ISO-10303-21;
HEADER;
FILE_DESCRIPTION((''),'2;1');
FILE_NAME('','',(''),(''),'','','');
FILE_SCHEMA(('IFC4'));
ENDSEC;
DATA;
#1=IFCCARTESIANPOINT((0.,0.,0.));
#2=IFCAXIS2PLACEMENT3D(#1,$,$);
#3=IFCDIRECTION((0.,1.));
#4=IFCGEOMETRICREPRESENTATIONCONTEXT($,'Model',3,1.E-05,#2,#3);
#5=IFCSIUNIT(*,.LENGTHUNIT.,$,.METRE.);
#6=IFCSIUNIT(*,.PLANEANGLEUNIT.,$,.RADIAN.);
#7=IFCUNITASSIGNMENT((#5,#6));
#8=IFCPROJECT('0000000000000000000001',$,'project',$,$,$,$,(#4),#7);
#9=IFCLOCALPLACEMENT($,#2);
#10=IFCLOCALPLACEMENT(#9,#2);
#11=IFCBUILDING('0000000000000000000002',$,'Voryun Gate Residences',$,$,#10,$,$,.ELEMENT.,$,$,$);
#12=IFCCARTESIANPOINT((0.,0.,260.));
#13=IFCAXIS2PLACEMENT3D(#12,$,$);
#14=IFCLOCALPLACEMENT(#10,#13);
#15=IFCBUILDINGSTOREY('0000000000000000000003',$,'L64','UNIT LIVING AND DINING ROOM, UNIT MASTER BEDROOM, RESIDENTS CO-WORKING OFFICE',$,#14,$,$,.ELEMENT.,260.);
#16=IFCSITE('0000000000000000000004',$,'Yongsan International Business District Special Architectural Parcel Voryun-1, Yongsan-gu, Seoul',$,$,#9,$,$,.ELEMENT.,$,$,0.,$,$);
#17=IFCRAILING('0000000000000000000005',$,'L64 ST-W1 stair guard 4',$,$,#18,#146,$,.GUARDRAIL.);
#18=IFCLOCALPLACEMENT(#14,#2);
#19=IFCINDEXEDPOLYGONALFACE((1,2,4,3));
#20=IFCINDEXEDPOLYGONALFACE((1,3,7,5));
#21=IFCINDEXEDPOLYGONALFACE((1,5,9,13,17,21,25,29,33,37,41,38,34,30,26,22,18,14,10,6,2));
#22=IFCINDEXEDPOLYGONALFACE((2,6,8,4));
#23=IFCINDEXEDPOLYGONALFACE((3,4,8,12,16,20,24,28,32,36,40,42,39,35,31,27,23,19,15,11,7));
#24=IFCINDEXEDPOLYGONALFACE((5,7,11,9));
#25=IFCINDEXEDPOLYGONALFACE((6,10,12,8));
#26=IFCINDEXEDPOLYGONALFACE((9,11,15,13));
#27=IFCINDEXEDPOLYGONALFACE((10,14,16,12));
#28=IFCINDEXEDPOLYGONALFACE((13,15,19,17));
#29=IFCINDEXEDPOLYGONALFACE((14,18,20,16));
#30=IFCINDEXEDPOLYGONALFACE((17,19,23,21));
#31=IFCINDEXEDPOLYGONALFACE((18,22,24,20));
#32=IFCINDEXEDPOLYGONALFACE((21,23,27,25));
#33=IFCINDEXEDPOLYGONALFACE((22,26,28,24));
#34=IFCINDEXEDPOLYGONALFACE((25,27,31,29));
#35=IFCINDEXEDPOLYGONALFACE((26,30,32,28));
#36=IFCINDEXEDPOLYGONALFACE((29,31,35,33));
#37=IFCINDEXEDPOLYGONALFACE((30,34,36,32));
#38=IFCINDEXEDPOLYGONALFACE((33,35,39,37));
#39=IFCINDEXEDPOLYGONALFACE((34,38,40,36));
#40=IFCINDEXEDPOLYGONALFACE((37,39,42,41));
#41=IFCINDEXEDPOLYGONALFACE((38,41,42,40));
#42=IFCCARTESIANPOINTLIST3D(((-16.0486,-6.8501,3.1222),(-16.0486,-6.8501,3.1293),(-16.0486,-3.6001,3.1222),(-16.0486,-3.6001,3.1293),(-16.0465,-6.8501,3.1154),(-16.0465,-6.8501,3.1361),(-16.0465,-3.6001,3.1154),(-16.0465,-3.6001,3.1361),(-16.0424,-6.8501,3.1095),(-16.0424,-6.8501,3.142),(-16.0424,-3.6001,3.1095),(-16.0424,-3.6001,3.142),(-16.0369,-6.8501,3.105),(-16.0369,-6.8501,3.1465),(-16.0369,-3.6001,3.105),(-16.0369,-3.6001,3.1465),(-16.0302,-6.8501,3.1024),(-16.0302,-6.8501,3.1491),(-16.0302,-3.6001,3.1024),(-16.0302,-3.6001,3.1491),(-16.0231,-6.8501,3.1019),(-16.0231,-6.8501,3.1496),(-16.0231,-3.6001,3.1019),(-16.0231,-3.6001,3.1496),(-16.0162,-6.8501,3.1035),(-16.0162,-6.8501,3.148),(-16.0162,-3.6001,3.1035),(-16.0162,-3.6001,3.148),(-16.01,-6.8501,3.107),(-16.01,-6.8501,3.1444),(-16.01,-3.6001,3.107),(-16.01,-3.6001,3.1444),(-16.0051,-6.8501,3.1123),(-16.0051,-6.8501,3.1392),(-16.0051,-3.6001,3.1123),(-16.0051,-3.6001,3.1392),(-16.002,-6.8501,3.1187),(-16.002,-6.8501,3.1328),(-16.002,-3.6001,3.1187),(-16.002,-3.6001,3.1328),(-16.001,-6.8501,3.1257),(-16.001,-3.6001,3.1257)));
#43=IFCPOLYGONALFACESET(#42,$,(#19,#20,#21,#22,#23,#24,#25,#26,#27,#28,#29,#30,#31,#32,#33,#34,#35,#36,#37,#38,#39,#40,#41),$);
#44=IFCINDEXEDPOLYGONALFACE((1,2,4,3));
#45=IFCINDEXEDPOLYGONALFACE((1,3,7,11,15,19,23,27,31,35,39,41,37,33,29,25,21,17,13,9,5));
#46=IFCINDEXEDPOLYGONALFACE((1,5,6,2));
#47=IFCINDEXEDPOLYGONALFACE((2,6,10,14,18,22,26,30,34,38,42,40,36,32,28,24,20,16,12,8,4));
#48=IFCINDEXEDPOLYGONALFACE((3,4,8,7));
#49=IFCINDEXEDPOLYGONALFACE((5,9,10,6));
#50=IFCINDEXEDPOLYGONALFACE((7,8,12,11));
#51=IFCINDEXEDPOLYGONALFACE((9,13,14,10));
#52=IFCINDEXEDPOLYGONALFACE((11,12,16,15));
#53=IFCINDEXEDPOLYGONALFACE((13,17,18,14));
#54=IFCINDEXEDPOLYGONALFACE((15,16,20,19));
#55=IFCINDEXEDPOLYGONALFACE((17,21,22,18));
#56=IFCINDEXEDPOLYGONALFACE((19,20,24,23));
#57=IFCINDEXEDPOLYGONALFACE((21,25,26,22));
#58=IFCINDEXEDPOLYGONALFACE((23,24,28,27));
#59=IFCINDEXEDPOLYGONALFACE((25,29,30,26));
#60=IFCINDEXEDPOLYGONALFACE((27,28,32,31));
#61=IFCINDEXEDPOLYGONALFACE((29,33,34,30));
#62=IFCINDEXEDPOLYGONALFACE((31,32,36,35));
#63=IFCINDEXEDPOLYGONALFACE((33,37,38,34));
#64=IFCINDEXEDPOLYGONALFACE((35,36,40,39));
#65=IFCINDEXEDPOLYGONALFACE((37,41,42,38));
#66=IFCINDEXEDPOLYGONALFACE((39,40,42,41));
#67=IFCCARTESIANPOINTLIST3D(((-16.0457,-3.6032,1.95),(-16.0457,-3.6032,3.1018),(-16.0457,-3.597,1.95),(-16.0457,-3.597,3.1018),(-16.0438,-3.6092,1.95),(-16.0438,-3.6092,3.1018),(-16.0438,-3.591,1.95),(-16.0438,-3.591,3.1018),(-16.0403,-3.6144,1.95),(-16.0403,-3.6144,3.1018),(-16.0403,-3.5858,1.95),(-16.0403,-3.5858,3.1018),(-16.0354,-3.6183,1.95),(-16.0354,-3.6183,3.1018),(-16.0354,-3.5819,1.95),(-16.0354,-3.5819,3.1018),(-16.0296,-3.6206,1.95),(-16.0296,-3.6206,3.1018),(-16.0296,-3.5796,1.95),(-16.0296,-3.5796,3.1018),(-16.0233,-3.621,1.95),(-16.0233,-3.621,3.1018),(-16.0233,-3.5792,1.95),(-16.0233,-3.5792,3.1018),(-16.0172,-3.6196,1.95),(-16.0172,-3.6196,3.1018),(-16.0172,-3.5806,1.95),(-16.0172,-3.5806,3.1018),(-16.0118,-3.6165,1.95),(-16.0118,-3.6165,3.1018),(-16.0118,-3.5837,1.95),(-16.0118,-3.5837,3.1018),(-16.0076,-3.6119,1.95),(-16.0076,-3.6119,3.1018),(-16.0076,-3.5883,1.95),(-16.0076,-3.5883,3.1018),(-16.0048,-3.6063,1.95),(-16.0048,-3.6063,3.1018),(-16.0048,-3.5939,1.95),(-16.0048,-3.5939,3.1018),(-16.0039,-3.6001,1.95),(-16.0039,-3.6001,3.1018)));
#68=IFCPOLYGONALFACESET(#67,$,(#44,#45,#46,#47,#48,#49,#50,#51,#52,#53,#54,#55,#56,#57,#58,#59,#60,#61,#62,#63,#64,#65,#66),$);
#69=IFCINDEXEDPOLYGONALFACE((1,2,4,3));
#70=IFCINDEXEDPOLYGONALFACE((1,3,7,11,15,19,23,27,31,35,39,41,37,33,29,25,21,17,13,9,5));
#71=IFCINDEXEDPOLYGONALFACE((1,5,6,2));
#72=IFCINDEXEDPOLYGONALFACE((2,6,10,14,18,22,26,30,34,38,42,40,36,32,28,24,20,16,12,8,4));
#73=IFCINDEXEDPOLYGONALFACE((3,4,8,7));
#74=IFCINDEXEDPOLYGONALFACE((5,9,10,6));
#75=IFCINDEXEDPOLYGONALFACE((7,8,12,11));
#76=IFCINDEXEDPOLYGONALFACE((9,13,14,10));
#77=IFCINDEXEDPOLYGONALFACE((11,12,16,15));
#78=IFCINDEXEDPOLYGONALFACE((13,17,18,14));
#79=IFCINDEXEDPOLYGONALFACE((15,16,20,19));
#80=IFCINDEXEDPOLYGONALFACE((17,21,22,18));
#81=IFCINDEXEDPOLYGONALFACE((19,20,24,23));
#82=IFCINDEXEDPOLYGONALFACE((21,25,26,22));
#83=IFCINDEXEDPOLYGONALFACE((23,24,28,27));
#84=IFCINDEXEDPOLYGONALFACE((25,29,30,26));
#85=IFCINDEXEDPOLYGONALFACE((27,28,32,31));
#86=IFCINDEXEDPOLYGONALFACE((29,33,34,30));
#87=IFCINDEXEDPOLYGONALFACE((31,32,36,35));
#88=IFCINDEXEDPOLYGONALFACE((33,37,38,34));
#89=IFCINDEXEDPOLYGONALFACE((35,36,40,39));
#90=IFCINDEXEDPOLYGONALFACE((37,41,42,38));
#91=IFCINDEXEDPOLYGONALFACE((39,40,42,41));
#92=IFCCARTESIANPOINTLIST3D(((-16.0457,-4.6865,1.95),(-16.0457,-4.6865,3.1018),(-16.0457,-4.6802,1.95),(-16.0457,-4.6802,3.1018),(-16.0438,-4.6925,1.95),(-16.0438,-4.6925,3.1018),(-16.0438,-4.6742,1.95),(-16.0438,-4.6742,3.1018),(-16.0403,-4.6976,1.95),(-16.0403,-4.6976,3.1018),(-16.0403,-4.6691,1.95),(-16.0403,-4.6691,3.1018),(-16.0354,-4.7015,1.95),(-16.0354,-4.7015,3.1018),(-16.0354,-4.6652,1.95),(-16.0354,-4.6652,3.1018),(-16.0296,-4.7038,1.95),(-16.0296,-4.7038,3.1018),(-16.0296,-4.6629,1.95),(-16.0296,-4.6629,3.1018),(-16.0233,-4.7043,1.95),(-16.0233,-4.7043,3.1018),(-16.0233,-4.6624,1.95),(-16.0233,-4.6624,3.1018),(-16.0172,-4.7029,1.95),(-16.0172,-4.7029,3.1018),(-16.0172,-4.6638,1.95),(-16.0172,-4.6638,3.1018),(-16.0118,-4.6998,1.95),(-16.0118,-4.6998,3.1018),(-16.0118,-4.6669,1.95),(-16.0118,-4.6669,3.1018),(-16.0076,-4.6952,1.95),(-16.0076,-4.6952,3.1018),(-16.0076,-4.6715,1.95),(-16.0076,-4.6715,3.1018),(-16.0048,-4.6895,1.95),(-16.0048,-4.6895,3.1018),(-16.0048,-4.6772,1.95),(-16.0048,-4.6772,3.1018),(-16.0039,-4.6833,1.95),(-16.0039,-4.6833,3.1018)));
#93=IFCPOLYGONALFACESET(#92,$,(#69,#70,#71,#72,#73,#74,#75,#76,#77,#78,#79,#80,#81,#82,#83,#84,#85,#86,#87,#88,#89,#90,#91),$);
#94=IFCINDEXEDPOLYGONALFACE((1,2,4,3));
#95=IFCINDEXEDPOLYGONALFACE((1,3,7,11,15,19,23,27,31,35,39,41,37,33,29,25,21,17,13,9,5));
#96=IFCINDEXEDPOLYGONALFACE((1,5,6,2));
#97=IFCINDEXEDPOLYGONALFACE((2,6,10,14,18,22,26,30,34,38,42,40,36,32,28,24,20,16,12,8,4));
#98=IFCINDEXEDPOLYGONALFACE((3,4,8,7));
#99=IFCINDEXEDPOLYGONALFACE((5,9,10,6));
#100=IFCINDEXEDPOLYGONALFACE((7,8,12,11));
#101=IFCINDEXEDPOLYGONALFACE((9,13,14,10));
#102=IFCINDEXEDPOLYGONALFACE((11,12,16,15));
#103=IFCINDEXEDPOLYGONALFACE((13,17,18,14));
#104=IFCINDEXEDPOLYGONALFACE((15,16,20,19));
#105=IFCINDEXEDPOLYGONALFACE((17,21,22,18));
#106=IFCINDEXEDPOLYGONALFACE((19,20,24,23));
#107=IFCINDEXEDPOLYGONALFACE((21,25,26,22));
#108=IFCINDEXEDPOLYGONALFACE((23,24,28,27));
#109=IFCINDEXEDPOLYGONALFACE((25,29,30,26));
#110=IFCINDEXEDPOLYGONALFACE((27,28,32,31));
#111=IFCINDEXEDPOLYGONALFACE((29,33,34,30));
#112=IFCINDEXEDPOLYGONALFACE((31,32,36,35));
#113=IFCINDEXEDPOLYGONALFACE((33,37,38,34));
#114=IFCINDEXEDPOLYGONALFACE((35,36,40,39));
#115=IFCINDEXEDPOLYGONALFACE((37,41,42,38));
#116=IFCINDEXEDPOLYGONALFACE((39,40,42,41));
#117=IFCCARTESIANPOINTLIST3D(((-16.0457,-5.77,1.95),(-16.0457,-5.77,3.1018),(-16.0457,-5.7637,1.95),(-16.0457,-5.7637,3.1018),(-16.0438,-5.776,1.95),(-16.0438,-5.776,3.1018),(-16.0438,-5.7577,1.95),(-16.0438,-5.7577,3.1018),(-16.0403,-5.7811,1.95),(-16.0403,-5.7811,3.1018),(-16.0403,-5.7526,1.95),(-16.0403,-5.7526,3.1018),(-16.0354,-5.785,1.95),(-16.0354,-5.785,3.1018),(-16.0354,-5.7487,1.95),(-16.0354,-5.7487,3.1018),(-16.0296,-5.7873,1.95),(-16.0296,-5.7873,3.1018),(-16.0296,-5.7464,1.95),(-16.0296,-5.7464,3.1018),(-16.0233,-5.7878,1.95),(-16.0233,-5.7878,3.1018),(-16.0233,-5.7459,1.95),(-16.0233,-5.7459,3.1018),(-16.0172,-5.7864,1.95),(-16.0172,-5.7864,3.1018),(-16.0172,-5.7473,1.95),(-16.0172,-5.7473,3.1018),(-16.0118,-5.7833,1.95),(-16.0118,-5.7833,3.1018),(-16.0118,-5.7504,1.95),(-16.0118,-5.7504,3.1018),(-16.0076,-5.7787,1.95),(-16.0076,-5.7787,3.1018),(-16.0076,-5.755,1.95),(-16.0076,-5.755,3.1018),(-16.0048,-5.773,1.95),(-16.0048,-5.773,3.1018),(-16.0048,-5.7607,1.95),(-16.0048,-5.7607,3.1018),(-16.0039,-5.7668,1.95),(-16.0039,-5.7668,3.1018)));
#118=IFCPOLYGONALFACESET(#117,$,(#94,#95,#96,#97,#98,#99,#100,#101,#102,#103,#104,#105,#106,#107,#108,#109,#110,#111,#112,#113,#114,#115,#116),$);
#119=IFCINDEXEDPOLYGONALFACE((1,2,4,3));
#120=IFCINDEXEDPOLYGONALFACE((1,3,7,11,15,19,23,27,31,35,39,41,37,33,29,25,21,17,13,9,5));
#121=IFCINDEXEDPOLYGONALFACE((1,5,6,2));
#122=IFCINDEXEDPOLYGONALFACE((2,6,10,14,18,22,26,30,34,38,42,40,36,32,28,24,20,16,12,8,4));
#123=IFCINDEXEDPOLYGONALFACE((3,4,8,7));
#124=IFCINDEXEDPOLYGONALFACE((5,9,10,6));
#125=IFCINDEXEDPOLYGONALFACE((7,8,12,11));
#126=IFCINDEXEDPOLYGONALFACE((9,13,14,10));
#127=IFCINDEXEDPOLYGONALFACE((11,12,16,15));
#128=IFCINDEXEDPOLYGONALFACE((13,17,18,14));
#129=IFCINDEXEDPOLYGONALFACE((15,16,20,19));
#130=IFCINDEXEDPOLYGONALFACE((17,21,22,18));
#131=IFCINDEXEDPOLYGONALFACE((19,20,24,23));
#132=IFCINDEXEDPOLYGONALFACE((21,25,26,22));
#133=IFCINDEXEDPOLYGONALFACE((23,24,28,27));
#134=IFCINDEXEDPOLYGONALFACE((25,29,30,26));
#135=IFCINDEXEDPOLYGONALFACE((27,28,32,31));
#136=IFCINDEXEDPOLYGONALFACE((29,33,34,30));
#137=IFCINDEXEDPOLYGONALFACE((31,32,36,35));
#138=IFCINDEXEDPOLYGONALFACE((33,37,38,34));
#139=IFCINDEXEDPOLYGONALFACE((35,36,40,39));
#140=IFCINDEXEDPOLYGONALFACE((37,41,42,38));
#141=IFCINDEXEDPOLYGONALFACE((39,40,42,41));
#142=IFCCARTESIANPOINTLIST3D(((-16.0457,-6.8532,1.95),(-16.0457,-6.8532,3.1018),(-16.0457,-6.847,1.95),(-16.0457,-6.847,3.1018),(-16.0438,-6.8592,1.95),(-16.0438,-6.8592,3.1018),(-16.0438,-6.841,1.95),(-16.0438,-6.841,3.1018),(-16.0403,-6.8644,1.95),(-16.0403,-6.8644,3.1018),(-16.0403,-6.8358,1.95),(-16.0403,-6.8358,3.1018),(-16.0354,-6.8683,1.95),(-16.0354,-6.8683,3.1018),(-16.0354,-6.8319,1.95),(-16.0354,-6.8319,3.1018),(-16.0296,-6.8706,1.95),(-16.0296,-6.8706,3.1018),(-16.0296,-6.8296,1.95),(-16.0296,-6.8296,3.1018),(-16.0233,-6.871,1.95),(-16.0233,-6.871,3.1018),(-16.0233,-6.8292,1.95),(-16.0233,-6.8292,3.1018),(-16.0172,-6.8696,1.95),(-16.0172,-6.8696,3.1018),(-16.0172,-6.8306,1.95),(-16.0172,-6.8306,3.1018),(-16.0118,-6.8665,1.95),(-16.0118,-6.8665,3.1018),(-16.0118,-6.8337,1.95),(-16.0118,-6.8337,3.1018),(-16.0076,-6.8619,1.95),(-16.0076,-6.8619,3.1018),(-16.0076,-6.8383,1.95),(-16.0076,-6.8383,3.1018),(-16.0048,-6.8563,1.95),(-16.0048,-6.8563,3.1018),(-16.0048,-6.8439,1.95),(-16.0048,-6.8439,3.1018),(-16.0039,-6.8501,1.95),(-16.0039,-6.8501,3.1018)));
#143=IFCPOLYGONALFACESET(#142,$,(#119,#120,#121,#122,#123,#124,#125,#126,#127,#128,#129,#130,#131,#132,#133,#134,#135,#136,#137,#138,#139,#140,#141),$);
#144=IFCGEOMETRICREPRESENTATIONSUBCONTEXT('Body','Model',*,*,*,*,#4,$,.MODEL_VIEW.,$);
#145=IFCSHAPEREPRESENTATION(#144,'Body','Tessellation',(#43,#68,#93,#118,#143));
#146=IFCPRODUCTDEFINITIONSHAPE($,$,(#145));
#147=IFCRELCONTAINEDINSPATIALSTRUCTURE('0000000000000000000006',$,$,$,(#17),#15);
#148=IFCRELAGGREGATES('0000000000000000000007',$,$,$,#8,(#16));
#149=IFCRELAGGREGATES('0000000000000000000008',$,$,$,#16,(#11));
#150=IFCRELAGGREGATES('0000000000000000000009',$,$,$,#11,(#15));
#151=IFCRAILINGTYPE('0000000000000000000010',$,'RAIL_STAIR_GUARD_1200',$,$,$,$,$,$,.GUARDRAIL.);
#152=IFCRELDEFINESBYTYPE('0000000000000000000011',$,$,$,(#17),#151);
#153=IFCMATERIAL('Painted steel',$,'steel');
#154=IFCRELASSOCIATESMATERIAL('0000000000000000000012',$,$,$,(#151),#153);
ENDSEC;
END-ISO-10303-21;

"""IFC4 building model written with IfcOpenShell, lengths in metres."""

from ifc_helpers import new_model, si_unit, direction, frame, origin, origin_2d, place, context, subcontext, project, spatial, circle, extrude, material, type_object, element, save


model = new_model("IFC4")

# Units and contexts
model_context = context("Model", 3, precision=1e-05, world=origin(), true_north=direction((0.0, 1.0)))
body_context = subcontext(model_context, "Body", "Model", "MODEL_VIEW")
ifc_project = project(units=[si_unit("LENGTHUNIT", "METRE"), si_unit("PLANEANGLEUNIT", "RADIAN")], contexts=[model_context])

# Site, building, storey
site_placement = place(None, origin())
site = spatial("IfcSite", under=ifc_project, at=site_placement, Name="Yongsan International Business District Special Architectural Parcel Voryun-1, Yongsan-gu, Seoul", CompositionType="ELEMENT", RefElevation=0.0)
building_placement = place(site_placement, origin())
building = spatial("IfcBuilding", under=site, at=building_placement, Name="Voryun Gate Residences", CompositionType="ELEMENT")
storey_placement = place(building_placement, frame((0.0, 0.0, 260.0)))
storey = spatial("IfcBuildingStorey", under=building, at=storey_placement, Name="L64", Description="UNIT LIVING AND DINING ROOM, UNIT MASTER BEDROOM, RESIDENTS CO-WORKING OFFICE", CompositionType="ELEMENT", Elevation=260.0)

# Railing
ifc_material_1 = material(Name="Painted steel", Category="steel")
railing_type_1 = type_object("IfcRailingType", Name="RAIL_STAIR_GUARD_1200", PredefinedType="GUARDRAIL", material=ifc_material_1)
railing_1_placement = place(storey_placement, frame((-16.0249, -3.6001, 1.95)))
element("IfcRailing", 1, at=railing_1_placement, inside=storey, type_object=railing_type_1, Name="L64 ST-W1 stair guard 4", PredefinedType="GUARDRAIL", context=body_context, shape_type="SweptSolid", body=[
    extrude(circle(Radius=0.0239, at=origin_2d()), frame((0.0, 0.0, 1.1758), z_axis=(0.0, -1.0, 0.0), x_axis=(1.0, 0.0, 0.0)), (0.0, 0.0, 1.0), 3.25),
    extrude(circle(Radius=0.021, at=origin_2d()), origin(), (0.0, 0.0, 1.0), 1.1519),
    extrude(circle(Radius=0.021, at=origin_2d()), frame((0.0, -1.0833, 0.0)), (0.0, 0.0, 1.0), 1.1519),
    extrude(circle(Radius=0.021, at=origin_2d()), frame((0.0, -2.1667, 0.0)), (0.0, 0.0, 1.0), 1.1519),
    extrude(circle(Radius=0.021, at=origin_2d()), frame((0.0, -3.25, 0.0)), (0.0, 0.0, 1.0), 1.1519),
])

save(model, "model.ifc")
